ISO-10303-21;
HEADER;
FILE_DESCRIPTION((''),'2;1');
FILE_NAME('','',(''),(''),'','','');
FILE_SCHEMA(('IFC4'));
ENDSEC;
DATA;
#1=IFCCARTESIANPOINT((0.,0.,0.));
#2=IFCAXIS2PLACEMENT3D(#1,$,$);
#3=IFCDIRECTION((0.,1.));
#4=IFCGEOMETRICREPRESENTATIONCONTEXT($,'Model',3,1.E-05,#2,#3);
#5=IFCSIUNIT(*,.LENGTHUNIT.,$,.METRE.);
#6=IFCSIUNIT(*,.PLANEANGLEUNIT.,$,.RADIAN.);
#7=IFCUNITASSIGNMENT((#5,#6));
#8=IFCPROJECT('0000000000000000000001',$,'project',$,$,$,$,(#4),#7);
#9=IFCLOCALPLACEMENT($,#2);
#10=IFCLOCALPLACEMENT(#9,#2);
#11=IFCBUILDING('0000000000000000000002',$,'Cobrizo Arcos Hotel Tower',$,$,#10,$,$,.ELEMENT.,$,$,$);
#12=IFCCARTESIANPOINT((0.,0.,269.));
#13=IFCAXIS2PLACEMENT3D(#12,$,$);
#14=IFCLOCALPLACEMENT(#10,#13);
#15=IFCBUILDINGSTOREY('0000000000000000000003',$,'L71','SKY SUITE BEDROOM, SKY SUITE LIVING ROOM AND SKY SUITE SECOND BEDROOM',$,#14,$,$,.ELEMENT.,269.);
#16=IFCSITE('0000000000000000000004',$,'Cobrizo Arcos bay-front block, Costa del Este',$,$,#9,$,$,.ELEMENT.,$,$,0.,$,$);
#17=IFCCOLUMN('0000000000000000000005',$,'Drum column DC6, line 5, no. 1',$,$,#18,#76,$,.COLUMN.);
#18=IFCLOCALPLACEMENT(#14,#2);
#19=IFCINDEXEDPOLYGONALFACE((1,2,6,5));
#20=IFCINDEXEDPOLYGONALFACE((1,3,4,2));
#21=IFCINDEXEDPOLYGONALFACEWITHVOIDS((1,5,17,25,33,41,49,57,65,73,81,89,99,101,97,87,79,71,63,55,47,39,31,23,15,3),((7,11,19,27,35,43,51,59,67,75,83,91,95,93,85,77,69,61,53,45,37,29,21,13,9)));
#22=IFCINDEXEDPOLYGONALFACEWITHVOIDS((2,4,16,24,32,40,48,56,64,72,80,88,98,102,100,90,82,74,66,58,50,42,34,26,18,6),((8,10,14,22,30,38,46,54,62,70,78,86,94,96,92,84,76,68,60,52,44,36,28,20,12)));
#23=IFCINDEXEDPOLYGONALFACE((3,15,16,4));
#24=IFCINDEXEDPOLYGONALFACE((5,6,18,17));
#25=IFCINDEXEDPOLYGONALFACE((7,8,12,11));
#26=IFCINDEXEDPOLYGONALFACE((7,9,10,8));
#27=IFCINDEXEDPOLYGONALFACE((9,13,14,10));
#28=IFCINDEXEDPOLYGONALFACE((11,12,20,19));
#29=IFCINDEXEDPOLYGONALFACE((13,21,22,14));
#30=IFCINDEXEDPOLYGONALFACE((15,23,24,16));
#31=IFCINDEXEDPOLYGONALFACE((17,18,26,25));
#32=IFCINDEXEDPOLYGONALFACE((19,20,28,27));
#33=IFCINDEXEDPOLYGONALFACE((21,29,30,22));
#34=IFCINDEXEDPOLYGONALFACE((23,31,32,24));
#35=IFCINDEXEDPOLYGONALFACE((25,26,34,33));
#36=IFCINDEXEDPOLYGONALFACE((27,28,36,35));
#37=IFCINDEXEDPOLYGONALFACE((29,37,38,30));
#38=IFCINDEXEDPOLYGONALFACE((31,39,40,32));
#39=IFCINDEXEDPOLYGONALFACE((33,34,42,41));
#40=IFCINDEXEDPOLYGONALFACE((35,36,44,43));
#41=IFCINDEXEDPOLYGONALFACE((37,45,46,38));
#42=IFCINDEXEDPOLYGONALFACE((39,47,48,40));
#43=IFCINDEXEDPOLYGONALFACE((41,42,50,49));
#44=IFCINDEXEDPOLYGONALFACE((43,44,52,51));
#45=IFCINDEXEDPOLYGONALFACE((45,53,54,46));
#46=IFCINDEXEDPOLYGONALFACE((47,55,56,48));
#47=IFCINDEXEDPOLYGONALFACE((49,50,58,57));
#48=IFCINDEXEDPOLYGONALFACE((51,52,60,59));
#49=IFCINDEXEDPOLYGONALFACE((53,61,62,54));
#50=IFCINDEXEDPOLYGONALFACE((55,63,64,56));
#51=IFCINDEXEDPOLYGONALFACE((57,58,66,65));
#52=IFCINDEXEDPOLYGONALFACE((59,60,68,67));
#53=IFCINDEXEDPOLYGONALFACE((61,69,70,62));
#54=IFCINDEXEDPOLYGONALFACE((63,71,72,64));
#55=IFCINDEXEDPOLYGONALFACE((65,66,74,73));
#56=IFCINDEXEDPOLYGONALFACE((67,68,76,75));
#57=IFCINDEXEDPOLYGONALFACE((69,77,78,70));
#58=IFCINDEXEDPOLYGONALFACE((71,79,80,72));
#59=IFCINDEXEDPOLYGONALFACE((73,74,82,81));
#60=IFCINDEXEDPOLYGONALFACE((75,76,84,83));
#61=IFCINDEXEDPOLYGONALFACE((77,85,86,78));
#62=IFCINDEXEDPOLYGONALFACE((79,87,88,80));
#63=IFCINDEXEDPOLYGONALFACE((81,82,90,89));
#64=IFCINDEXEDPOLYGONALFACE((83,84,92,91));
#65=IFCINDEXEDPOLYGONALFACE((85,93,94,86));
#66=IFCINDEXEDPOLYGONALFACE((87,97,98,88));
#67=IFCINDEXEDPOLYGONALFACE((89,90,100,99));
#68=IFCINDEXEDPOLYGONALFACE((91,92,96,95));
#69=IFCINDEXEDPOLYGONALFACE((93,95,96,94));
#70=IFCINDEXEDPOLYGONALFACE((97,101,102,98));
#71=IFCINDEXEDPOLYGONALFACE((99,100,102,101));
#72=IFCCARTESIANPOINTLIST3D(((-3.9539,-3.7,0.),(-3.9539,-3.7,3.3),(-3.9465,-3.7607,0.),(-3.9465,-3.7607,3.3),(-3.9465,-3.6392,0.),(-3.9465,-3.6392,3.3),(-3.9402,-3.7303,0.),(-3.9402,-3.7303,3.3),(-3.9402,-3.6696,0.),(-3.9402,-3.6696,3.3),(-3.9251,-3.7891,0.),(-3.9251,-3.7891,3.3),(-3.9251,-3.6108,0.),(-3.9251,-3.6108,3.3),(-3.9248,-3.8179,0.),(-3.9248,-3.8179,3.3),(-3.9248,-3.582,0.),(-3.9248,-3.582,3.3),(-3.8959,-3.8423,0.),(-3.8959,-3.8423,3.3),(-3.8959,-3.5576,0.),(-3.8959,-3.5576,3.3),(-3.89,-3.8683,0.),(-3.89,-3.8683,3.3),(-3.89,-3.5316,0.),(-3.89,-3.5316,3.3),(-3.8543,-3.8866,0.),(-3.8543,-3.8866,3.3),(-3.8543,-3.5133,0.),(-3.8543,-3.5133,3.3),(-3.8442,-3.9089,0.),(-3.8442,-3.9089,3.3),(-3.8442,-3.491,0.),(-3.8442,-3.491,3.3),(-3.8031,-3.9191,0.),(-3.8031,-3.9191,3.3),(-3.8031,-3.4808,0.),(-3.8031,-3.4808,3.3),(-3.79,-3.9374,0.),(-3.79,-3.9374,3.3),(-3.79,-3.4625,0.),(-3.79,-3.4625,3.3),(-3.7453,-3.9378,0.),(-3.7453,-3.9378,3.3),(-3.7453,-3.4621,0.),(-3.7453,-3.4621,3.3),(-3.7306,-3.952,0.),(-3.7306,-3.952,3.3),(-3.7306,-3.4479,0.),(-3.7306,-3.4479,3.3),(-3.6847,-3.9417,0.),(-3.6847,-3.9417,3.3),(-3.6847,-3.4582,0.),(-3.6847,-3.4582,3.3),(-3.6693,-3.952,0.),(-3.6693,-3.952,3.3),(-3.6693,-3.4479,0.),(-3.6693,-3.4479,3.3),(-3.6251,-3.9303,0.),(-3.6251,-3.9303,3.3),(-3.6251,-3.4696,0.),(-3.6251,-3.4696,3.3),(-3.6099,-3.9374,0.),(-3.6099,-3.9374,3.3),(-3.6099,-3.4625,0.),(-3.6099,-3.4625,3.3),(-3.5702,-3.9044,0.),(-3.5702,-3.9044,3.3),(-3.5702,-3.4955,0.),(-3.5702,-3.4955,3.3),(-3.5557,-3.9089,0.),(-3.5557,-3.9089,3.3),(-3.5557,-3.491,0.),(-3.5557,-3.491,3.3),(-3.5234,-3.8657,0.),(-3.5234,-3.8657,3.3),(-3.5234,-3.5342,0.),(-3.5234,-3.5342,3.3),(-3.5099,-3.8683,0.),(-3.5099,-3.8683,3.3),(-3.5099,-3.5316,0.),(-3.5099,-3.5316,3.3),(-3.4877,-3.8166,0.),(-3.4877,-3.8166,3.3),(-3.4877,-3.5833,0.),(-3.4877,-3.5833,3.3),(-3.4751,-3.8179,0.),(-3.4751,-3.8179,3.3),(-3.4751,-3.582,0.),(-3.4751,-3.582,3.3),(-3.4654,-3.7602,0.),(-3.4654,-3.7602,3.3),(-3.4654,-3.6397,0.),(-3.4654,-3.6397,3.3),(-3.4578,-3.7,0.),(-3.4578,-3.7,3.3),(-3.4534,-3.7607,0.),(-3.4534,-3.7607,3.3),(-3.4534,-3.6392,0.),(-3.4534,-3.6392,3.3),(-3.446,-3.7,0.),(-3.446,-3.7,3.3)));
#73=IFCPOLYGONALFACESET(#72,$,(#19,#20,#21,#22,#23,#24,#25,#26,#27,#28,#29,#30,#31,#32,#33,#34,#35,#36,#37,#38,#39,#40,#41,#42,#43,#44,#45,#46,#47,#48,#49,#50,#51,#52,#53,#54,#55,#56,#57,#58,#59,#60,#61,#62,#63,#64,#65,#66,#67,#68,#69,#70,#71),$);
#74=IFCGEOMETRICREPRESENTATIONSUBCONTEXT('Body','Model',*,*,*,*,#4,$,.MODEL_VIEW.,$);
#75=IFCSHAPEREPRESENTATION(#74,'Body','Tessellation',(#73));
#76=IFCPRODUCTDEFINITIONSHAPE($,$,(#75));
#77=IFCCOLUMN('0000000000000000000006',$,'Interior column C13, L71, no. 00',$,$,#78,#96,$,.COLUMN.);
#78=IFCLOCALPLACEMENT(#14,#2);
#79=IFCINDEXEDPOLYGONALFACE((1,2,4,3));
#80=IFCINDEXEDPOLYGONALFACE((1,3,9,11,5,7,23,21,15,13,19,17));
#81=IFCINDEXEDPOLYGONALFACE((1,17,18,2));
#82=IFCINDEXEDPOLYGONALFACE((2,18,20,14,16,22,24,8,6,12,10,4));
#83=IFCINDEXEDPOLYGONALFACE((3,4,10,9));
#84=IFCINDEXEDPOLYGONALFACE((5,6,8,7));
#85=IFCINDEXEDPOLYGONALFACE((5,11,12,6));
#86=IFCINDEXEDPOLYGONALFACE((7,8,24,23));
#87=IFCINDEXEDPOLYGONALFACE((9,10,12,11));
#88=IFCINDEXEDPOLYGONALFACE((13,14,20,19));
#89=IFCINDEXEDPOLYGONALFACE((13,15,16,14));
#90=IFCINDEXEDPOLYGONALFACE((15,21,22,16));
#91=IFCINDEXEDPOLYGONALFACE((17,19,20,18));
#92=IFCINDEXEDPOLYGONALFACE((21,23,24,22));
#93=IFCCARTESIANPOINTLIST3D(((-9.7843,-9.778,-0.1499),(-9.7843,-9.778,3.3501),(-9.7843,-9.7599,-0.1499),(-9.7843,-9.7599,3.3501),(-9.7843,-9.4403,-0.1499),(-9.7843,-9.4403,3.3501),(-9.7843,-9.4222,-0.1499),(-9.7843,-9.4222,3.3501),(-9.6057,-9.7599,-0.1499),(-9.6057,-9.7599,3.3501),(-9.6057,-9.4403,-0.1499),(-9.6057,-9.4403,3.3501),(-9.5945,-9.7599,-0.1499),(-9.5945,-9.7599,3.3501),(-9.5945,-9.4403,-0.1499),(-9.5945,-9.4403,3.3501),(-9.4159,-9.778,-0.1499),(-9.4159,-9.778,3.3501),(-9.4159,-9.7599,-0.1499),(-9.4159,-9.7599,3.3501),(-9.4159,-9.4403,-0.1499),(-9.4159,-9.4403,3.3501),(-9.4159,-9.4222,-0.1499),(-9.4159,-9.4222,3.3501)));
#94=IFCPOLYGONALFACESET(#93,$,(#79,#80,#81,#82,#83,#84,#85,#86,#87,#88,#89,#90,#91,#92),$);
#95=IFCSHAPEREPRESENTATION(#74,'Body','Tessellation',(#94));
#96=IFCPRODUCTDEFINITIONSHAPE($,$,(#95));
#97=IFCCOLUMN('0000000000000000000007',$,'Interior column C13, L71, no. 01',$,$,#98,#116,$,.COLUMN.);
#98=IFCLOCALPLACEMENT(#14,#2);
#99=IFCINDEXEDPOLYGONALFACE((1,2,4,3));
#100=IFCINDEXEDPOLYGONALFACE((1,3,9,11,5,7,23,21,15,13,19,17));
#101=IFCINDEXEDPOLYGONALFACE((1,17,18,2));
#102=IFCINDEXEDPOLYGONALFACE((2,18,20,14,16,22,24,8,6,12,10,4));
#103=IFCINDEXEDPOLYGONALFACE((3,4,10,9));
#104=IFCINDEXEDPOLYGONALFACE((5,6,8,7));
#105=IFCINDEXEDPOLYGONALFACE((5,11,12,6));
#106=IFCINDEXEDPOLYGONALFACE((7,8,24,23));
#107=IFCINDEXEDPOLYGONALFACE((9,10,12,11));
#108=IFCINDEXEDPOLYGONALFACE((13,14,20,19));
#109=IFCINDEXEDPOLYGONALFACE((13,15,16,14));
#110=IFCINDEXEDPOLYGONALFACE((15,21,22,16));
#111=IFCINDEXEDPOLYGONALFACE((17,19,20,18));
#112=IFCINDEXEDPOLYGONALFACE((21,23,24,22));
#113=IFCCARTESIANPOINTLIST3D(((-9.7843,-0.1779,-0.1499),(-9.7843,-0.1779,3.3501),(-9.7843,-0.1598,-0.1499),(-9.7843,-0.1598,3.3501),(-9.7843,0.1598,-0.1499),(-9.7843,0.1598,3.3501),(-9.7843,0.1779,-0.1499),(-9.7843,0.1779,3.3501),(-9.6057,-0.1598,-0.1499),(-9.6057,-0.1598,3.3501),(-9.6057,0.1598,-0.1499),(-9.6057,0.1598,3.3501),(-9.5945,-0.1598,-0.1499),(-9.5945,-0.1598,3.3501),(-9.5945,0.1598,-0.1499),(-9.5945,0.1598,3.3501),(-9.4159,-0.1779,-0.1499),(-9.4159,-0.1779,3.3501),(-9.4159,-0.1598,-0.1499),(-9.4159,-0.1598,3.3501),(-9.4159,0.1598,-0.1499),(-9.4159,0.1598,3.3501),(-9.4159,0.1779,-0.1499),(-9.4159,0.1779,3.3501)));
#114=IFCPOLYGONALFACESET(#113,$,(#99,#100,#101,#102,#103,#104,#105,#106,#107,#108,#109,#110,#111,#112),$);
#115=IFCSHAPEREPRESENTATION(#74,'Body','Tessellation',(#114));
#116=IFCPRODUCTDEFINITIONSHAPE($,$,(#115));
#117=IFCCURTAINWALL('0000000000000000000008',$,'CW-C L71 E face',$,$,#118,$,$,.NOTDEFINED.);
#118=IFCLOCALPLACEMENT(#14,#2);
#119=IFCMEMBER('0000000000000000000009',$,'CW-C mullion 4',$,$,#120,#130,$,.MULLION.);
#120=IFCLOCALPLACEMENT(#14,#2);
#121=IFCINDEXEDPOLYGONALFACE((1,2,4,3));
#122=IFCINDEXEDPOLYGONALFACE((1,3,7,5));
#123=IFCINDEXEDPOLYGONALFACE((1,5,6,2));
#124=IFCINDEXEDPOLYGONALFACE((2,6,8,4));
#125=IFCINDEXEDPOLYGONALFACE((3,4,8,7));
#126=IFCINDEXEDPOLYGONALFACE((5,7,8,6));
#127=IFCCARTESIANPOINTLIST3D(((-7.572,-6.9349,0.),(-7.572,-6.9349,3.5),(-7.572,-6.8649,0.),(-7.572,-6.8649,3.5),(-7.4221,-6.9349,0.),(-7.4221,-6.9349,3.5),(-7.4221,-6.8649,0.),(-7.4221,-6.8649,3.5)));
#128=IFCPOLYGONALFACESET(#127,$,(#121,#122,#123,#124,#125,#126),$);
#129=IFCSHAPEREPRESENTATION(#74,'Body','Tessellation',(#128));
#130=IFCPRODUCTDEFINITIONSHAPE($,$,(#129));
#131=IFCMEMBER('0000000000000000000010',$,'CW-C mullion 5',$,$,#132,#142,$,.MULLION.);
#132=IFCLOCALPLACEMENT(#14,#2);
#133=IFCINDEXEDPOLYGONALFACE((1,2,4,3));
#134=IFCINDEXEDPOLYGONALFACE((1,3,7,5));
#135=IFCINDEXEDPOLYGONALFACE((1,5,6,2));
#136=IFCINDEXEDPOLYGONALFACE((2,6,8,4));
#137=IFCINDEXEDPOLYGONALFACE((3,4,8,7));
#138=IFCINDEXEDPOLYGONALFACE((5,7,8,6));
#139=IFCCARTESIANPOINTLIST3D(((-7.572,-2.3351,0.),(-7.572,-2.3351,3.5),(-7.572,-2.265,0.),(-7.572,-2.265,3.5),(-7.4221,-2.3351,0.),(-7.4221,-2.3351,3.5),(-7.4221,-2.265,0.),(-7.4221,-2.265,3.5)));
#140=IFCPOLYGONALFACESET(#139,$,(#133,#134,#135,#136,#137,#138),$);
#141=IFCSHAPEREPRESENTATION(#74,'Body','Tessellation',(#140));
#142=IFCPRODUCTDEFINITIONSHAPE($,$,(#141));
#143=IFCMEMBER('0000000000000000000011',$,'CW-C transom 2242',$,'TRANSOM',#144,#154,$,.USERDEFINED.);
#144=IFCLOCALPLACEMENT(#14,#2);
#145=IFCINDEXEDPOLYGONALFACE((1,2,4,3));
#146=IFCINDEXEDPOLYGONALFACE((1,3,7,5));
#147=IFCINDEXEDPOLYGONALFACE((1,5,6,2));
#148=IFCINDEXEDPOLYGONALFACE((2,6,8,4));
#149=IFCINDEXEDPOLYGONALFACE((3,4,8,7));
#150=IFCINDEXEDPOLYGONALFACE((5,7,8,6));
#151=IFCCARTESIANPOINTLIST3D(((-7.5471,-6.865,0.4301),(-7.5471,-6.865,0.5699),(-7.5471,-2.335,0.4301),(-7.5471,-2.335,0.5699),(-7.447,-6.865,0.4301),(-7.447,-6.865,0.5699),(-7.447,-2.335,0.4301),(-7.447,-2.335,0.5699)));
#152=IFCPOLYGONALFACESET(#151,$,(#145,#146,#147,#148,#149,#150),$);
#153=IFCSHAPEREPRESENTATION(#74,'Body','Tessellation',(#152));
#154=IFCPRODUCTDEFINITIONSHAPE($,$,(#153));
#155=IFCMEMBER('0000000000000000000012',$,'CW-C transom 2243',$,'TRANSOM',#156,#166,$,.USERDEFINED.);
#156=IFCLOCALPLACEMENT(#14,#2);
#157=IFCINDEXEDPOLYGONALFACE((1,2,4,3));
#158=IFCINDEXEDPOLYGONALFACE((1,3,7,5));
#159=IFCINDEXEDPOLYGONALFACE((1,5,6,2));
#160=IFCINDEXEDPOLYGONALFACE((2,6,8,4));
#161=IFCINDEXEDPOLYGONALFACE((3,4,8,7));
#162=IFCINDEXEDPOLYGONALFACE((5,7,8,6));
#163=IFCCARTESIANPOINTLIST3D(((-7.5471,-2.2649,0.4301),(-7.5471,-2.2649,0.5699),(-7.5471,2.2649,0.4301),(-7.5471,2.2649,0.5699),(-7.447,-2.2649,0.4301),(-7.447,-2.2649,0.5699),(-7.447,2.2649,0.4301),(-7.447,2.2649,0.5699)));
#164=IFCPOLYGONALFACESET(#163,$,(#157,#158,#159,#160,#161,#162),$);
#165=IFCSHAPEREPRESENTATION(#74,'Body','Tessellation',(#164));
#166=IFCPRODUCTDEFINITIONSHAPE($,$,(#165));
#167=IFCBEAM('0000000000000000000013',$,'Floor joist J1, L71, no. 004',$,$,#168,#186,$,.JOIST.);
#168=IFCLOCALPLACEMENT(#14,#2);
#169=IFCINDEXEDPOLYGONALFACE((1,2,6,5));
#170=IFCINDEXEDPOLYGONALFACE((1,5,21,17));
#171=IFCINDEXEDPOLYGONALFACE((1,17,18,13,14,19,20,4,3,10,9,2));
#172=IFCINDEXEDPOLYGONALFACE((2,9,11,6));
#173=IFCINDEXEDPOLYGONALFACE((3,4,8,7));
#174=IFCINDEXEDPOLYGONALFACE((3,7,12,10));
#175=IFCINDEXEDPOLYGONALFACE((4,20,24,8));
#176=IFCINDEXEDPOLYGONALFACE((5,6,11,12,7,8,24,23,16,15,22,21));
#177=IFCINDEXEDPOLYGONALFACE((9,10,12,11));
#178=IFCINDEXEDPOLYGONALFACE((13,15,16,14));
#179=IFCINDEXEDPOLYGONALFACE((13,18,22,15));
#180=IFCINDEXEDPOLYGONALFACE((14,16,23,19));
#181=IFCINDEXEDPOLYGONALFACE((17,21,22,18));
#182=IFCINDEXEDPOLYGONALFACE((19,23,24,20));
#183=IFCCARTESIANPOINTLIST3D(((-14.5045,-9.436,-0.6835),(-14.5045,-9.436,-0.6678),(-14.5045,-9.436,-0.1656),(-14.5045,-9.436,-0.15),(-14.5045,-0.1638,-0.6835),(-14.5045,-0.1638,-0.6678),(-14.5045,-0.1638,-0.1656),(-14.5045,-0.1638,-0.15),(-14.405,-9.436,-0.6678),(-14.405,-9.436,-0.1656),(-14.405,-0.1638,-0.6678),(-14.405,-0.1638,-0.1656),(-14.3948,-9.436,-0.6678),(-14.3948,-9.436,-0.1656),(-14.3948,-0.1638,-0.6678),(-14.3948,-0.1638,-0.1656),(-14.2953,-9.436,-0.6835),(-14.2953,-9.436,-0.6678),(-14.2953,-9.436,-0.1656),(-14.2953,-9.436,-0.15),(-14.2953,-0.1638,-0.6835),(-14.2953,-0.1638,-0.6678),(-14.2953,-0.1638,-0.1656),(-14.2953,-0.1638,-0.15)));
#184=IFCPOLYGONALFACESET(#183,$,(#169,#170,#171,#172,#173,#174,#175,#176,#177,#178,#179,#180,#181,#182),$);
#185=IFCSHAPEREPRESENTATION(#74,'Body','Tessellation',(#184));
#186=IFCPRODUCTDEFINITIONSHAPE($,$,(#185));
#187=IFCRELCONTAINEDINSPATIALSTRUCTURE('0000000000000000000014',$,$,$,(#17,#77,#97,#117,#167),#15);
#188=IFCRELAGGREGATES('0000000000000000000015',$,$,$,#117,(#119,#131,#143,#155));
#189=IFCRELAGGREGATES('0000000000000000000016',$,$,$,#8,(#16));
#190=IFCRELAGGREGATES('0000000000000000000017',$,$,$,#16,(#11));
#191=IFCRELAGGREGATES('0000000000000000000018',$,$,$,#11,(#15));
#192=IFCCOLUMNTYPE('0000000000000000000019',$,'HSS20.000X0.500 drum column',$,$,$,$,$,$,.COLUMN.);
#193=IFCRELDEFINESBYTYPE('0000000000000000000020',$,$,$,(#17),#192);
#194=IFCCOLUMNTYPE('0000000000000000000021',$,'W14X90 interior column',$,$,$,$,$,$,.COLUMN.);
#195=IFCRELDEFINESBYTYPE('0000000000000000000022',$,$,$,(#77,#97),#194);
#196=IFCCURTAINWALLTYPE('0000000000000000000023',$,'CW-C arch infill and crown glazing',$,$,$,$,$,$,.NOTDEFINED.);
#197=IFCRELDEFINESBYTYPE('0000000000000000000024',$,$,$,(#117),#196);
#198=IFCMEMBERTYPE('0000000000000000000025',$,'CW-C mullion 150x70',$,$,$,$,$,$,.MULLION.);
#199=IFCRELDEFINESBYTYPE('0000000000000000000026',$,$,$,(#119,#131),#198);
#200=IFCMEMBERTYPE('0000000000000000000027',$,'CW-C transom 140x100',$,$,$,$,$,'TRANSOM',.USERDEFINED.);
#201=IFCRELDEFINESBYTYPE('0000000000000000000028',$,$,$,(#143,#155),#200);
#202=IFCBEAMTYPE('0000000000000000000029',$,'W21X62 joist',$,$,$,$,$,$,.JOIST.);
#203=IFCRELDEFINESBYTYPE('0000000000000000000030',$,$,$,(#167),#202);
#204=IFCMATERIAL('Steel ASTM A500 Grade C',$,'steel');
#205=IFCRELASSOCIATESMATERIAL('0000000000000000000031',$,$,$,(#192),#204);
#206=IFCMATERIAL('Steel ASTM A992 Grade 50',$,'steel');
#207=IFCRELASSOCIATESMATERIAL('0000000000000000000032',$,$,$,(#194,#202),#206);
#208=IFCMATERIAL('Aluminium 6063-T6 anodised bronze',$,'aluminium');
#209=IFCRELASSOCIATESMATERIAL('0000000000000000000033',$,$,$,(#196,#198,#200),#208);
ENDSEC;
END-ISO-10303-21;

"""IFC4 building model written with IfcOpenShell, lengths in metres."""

from ifc_helpers import new_model, si_unit, direction, frame, origin, origin_2d, place, context, subcontext, project, spatial, rectangle, hollow_circle, i_section, extrude, material, material_profile, profile_set, type_object, element, aggregate, save


model = new_model("IFC4")

# Units and contexts
model_context = context("Model", 3, precision=1e-05, world=origin(), true_north=direction((0.0, 1.0)))
body_context = subcontext(model_context, "Body", "Model", "MODEL_VIEW")
ifc_project = project(units=[si_unit("LENGTHUNIT", "METRE"), si_unit("PLANEANGLEUNIT", "RADIAN")], contexts=[model_context])

# Site, building, storey
site_placement = place(None, origin())
site = spatial("IfcSite", under=ifc_project, at=site_placement, Name="Cobrizo Arcos bay-front block, Costa del Este", CompositionType="ELEMENT", RefElevation=0.0)
building_placement = place(site_placement, origin())
building = spatial("IfcBuilding", under=site, at=building_placement, Name="Cobrizo Arcos Hotel Tower", CompositionType="ELEMENT")
storey_placement = place(building_placement, frame((0.0, 0.0, 269.0)))
storey = spatial("IfcBuildingStorey", under=building, at=storey_placement, Name="L71", Description="SKY SUITE BEDROOM, SKY SUITE LIVING ROOM AND SKY SUITE SECOND BEDROOM", CompositionType="ELEMENT", Elevation=269.0)

# Columns
ifc_material_1 = material(Name="Steel ASTM A500 Grade C", Category="steel")
ifc_material_profile_1 = material_profile(ifc_material_1, hollow_circle(Radius=0.2539, WallThickness=0.0117, at=origin_2d()), Name="HSS20.000X0.500")
ifc_profile_set_1 = profile_set([ifc_material_profile_1], Name="Steel ASTM A500 Grade C")
column_type_1 = type_object("IfcColumnType", Name="HSS20.000X0.500 drum column", PredefinedType="COLUMN", material=ifc_profile_set_1)
column_placement = place(storey_placement, frame((-3.7, -3.7, 0.0), z_axis=(0.0, 0.0, 1.0), x_axis=(1.0, 0.0, 0.0)))
element("IfcColumn", 1, at=column_placement, inside=storey, type_object=column_type_1, Name="Drum column DC6, line 5, no. 1", PredefinedType="COLUMN", context=body_context, shape_type="SweptSolid", body=[
    extrude(hollow_circle(Radius=0.2539, WallThickness=0.0117, at=origin_2d()), origin(), (0.0, 0.0, 1.0), 3.3),
])
ifc_material_2 = material(Name="Steel ASTM A992 Grade 50", Category="steel")
ifc_material_profile_2 = material_profile(ifc_material_2, i_section(OverallWidth=0.3684, OverallDepth=0.3557, WebThickness=0.0112, FlangeThickness=0.0181, at=origin_2d()), Name="W14X90")
ifc_profile_set_2 = profile_set([ifc_material_profile_2], Name="Steel ASTM A992 Grade 50")
column_type_2 = type_object("IfcColumnType", Name="W14X90 interior column", PredefinedType="COLUMN", material=ifc_profile_set_2)
for number, where, z_axis, x_axis, name in (
    (2, (-9.6001, -9.6001, -0.1499), (0.0, 0.0, 1.0), (1.0, 0.0, 0.0), "Interior column C13, L71, no. 00"),
    (3, (-9.6001, 0.0, -0.1499), (0.0, 0.0, 1.0), (1.0, 0.0, 0.0), "Interior column C13, L71, no. 01"),
):
    element("IfcColumn", number, at=place(storey_placement, frame(where, z_axis=z_axis, x_axis=x_axis)), inside=storey, type_object=column_type_2, Name=name, PredefinedType="COLUMN", context=body_context, shape_type="SweptSolid", body=[
        extrude(i_section(OverallWidth=0.3684, OverallDepth=0.3557, WebThickness=0.0112, FlangeThickness=0.0181, at=origin_2d()), origin(), (0.0, 0.0, 1.0), 3.5),
    ])

# Curtain wall, members
ifc_material_3 = material(Name="Aluminium 6063-T6 anodised bronze", Category="aluminium")
curtain_wall_type = type_object("IfcCurtainWallType", Name="CW-C arch infill and crown glazing", PredefinedType="NOTDEFINED", material=ifc_material_3)
curtain_wall_placement = place(storey_placement, origin())
curtain_wall = element("IfcCurtainWall", 4, at=curtain_wall_placement, inside=storey, type_object=curtain_wall_type, Name="CW-C L71 E face", PredefinedType="NOTDEFINED")
ifc_material_profile_3 = material_profile(ifc_material_3, rectangle(XDim=0.1499, YDim=0.0701, at=origin_2d()), Name="CW-C mullion 150x70")
ifc_profile_set_3 = profile_set([ifc_material_profile_3], Name="Aluminium 6063-T6 anodised bronze")
member_type_1 = type_object("IfcMemberType", Name="CW-C mullion 150x70", PredefinedType="MULLION", material=ifc_profile_set_3)
member_1_placement = place(storey_placement, frame((-7.4971, -6.8999, 0.0), z_axis=(0.0, 0.0, 1.0), x_axis=(1.0, 0.0, 0.0)))
member_1 = element("IfcMember", 5, at=member_1_placement, type_object=member_type_1, Name="CW-C mullion 4", PredefinedType="MULLION", context=body_context, shape_type="SweptSolid", body=[
    extrude(rectangle(XDim=0.1499, YDim=0.0701, at=origin_2d()), origin(), (0.0, 0.0, 1.0), 3.5),
])
member_2_placement = place(storey_placement, frame((-7.4971, -2.3, 0.0), z_axis=(0.0, 0.0, 1.0), x_axis=(1.0, 0.0, 0.0)))
member_2 = element("IfcMember", 6, at=member_2_placement, type_object=member_type_1, Name="CW-C mullion 5", PredefinedType="MULLION", context=body_context, shape_type="SweptSolid", body=[
    extrude(rectangle(XDim=0.1499, YDim=0.0701, at=origin_2d()), origin(), (0.0, 0.0, 1.0), 3.5),
])
ifc_material_profile_4 = material_profile(ifc_material_3, rectangle(XDim=0.1001, YDim=0.1399, at=origin_2d()), Name="CW-C transom 140x100")
ifc_profile_set_4 = profile_set([ifc_material_profile_4], Name="Aluminium 6063-T6 anodised bronze")
member_type_2 = type_object("IfcMemberType", Name="CW-C transom 140x100", ElementType="TRANSOM", PredefinedType="USERDEFINED", material=ifc_profile_set_4)
member_3_placement = place(storey_placement, frame((-7.4971, -6.865, 0.5), z_axis=(0.0, 1.0, 0.0), x_axis=(-1.0, 0.0, 0.0)))
member_3 = element("IfcMember", 7, at=member_3_placement, type_object=member_type_2, Name="CW-C transom 2242", ObjectType="TRANSOM", PredefinedType="USERDEFINED", context=body_context, shape_type="SweptSolid", body=[
    extrude(rectangle(XDim=0.1001, YDim=0.1399, at=origin_2d()), origin(), (0.0, 0.0, 1.0), 4.53),
])
member_4_placement = place(storey_placement, frame((-7.4971, -2.2649, 0.5), z_axis=(0.0, 1.0, 0.0), x_axis=(-1.0, 0.0, 0.0)))
member_4 = element("IfcMember", 8, at=member_4_placement, type_object=member_type_2, Name="CW-C transom 2243", ObjectType="TRANSOM", PredefinedType="USERDEFINED", context=body_context, shape_type="SweptSolid", body=[
    extrude(rectangle(XDim=0.1001, YDim=0.1399, at=origin_2d()), origin(), (0.0, 0.0, 1.0), 4.5298),
])

# Beam
ifc_material_profile_5 = material_profile(ifc_material_2, i_section(OverallWidth=0.2092, OverallDepth=0.5334, WebThickness=0.0103, FlangeThickness=0.0156, at=origin_2d()), Name="W21X62")
ifc_profile_set_5 = profile_set([ifc_material_profile_5], Name="Steel ASTM A992 Grade 50")
beam_type_1 = type_object("IfcBeamType", Name="W21X62 joist", PredefinedType="JOIST", material=ifc_profile_set_5)
beam_1_placement = place(storey_placement, frame((-14.3999, -9.436, -0.4167), z_axis=(0.0, 1.0, 0.0), x_axis=(-1.0, 0.0, 0.0)))
element("IfcBeam", 9, at=beam_1_placement, inside=storey, type_object=beam_type_1, Name="Floor joist J1, L71, no. 004", PredefinedType="JOIST", context=body_context, shape_type="SweptSolid", body=[
    extrude(i_section(OverallWidth=0.2092, OverallDepth=0.5334, WebThickness=0.0103, FlangeThickness=0.0156, at=origin_2d()), origin(), (0.0, 0.0, 1.0), 9.2722),
])

aggregate(curtain_wall, [member_1, member_2, member_3, member_4])

save(model, "model.ifc")
